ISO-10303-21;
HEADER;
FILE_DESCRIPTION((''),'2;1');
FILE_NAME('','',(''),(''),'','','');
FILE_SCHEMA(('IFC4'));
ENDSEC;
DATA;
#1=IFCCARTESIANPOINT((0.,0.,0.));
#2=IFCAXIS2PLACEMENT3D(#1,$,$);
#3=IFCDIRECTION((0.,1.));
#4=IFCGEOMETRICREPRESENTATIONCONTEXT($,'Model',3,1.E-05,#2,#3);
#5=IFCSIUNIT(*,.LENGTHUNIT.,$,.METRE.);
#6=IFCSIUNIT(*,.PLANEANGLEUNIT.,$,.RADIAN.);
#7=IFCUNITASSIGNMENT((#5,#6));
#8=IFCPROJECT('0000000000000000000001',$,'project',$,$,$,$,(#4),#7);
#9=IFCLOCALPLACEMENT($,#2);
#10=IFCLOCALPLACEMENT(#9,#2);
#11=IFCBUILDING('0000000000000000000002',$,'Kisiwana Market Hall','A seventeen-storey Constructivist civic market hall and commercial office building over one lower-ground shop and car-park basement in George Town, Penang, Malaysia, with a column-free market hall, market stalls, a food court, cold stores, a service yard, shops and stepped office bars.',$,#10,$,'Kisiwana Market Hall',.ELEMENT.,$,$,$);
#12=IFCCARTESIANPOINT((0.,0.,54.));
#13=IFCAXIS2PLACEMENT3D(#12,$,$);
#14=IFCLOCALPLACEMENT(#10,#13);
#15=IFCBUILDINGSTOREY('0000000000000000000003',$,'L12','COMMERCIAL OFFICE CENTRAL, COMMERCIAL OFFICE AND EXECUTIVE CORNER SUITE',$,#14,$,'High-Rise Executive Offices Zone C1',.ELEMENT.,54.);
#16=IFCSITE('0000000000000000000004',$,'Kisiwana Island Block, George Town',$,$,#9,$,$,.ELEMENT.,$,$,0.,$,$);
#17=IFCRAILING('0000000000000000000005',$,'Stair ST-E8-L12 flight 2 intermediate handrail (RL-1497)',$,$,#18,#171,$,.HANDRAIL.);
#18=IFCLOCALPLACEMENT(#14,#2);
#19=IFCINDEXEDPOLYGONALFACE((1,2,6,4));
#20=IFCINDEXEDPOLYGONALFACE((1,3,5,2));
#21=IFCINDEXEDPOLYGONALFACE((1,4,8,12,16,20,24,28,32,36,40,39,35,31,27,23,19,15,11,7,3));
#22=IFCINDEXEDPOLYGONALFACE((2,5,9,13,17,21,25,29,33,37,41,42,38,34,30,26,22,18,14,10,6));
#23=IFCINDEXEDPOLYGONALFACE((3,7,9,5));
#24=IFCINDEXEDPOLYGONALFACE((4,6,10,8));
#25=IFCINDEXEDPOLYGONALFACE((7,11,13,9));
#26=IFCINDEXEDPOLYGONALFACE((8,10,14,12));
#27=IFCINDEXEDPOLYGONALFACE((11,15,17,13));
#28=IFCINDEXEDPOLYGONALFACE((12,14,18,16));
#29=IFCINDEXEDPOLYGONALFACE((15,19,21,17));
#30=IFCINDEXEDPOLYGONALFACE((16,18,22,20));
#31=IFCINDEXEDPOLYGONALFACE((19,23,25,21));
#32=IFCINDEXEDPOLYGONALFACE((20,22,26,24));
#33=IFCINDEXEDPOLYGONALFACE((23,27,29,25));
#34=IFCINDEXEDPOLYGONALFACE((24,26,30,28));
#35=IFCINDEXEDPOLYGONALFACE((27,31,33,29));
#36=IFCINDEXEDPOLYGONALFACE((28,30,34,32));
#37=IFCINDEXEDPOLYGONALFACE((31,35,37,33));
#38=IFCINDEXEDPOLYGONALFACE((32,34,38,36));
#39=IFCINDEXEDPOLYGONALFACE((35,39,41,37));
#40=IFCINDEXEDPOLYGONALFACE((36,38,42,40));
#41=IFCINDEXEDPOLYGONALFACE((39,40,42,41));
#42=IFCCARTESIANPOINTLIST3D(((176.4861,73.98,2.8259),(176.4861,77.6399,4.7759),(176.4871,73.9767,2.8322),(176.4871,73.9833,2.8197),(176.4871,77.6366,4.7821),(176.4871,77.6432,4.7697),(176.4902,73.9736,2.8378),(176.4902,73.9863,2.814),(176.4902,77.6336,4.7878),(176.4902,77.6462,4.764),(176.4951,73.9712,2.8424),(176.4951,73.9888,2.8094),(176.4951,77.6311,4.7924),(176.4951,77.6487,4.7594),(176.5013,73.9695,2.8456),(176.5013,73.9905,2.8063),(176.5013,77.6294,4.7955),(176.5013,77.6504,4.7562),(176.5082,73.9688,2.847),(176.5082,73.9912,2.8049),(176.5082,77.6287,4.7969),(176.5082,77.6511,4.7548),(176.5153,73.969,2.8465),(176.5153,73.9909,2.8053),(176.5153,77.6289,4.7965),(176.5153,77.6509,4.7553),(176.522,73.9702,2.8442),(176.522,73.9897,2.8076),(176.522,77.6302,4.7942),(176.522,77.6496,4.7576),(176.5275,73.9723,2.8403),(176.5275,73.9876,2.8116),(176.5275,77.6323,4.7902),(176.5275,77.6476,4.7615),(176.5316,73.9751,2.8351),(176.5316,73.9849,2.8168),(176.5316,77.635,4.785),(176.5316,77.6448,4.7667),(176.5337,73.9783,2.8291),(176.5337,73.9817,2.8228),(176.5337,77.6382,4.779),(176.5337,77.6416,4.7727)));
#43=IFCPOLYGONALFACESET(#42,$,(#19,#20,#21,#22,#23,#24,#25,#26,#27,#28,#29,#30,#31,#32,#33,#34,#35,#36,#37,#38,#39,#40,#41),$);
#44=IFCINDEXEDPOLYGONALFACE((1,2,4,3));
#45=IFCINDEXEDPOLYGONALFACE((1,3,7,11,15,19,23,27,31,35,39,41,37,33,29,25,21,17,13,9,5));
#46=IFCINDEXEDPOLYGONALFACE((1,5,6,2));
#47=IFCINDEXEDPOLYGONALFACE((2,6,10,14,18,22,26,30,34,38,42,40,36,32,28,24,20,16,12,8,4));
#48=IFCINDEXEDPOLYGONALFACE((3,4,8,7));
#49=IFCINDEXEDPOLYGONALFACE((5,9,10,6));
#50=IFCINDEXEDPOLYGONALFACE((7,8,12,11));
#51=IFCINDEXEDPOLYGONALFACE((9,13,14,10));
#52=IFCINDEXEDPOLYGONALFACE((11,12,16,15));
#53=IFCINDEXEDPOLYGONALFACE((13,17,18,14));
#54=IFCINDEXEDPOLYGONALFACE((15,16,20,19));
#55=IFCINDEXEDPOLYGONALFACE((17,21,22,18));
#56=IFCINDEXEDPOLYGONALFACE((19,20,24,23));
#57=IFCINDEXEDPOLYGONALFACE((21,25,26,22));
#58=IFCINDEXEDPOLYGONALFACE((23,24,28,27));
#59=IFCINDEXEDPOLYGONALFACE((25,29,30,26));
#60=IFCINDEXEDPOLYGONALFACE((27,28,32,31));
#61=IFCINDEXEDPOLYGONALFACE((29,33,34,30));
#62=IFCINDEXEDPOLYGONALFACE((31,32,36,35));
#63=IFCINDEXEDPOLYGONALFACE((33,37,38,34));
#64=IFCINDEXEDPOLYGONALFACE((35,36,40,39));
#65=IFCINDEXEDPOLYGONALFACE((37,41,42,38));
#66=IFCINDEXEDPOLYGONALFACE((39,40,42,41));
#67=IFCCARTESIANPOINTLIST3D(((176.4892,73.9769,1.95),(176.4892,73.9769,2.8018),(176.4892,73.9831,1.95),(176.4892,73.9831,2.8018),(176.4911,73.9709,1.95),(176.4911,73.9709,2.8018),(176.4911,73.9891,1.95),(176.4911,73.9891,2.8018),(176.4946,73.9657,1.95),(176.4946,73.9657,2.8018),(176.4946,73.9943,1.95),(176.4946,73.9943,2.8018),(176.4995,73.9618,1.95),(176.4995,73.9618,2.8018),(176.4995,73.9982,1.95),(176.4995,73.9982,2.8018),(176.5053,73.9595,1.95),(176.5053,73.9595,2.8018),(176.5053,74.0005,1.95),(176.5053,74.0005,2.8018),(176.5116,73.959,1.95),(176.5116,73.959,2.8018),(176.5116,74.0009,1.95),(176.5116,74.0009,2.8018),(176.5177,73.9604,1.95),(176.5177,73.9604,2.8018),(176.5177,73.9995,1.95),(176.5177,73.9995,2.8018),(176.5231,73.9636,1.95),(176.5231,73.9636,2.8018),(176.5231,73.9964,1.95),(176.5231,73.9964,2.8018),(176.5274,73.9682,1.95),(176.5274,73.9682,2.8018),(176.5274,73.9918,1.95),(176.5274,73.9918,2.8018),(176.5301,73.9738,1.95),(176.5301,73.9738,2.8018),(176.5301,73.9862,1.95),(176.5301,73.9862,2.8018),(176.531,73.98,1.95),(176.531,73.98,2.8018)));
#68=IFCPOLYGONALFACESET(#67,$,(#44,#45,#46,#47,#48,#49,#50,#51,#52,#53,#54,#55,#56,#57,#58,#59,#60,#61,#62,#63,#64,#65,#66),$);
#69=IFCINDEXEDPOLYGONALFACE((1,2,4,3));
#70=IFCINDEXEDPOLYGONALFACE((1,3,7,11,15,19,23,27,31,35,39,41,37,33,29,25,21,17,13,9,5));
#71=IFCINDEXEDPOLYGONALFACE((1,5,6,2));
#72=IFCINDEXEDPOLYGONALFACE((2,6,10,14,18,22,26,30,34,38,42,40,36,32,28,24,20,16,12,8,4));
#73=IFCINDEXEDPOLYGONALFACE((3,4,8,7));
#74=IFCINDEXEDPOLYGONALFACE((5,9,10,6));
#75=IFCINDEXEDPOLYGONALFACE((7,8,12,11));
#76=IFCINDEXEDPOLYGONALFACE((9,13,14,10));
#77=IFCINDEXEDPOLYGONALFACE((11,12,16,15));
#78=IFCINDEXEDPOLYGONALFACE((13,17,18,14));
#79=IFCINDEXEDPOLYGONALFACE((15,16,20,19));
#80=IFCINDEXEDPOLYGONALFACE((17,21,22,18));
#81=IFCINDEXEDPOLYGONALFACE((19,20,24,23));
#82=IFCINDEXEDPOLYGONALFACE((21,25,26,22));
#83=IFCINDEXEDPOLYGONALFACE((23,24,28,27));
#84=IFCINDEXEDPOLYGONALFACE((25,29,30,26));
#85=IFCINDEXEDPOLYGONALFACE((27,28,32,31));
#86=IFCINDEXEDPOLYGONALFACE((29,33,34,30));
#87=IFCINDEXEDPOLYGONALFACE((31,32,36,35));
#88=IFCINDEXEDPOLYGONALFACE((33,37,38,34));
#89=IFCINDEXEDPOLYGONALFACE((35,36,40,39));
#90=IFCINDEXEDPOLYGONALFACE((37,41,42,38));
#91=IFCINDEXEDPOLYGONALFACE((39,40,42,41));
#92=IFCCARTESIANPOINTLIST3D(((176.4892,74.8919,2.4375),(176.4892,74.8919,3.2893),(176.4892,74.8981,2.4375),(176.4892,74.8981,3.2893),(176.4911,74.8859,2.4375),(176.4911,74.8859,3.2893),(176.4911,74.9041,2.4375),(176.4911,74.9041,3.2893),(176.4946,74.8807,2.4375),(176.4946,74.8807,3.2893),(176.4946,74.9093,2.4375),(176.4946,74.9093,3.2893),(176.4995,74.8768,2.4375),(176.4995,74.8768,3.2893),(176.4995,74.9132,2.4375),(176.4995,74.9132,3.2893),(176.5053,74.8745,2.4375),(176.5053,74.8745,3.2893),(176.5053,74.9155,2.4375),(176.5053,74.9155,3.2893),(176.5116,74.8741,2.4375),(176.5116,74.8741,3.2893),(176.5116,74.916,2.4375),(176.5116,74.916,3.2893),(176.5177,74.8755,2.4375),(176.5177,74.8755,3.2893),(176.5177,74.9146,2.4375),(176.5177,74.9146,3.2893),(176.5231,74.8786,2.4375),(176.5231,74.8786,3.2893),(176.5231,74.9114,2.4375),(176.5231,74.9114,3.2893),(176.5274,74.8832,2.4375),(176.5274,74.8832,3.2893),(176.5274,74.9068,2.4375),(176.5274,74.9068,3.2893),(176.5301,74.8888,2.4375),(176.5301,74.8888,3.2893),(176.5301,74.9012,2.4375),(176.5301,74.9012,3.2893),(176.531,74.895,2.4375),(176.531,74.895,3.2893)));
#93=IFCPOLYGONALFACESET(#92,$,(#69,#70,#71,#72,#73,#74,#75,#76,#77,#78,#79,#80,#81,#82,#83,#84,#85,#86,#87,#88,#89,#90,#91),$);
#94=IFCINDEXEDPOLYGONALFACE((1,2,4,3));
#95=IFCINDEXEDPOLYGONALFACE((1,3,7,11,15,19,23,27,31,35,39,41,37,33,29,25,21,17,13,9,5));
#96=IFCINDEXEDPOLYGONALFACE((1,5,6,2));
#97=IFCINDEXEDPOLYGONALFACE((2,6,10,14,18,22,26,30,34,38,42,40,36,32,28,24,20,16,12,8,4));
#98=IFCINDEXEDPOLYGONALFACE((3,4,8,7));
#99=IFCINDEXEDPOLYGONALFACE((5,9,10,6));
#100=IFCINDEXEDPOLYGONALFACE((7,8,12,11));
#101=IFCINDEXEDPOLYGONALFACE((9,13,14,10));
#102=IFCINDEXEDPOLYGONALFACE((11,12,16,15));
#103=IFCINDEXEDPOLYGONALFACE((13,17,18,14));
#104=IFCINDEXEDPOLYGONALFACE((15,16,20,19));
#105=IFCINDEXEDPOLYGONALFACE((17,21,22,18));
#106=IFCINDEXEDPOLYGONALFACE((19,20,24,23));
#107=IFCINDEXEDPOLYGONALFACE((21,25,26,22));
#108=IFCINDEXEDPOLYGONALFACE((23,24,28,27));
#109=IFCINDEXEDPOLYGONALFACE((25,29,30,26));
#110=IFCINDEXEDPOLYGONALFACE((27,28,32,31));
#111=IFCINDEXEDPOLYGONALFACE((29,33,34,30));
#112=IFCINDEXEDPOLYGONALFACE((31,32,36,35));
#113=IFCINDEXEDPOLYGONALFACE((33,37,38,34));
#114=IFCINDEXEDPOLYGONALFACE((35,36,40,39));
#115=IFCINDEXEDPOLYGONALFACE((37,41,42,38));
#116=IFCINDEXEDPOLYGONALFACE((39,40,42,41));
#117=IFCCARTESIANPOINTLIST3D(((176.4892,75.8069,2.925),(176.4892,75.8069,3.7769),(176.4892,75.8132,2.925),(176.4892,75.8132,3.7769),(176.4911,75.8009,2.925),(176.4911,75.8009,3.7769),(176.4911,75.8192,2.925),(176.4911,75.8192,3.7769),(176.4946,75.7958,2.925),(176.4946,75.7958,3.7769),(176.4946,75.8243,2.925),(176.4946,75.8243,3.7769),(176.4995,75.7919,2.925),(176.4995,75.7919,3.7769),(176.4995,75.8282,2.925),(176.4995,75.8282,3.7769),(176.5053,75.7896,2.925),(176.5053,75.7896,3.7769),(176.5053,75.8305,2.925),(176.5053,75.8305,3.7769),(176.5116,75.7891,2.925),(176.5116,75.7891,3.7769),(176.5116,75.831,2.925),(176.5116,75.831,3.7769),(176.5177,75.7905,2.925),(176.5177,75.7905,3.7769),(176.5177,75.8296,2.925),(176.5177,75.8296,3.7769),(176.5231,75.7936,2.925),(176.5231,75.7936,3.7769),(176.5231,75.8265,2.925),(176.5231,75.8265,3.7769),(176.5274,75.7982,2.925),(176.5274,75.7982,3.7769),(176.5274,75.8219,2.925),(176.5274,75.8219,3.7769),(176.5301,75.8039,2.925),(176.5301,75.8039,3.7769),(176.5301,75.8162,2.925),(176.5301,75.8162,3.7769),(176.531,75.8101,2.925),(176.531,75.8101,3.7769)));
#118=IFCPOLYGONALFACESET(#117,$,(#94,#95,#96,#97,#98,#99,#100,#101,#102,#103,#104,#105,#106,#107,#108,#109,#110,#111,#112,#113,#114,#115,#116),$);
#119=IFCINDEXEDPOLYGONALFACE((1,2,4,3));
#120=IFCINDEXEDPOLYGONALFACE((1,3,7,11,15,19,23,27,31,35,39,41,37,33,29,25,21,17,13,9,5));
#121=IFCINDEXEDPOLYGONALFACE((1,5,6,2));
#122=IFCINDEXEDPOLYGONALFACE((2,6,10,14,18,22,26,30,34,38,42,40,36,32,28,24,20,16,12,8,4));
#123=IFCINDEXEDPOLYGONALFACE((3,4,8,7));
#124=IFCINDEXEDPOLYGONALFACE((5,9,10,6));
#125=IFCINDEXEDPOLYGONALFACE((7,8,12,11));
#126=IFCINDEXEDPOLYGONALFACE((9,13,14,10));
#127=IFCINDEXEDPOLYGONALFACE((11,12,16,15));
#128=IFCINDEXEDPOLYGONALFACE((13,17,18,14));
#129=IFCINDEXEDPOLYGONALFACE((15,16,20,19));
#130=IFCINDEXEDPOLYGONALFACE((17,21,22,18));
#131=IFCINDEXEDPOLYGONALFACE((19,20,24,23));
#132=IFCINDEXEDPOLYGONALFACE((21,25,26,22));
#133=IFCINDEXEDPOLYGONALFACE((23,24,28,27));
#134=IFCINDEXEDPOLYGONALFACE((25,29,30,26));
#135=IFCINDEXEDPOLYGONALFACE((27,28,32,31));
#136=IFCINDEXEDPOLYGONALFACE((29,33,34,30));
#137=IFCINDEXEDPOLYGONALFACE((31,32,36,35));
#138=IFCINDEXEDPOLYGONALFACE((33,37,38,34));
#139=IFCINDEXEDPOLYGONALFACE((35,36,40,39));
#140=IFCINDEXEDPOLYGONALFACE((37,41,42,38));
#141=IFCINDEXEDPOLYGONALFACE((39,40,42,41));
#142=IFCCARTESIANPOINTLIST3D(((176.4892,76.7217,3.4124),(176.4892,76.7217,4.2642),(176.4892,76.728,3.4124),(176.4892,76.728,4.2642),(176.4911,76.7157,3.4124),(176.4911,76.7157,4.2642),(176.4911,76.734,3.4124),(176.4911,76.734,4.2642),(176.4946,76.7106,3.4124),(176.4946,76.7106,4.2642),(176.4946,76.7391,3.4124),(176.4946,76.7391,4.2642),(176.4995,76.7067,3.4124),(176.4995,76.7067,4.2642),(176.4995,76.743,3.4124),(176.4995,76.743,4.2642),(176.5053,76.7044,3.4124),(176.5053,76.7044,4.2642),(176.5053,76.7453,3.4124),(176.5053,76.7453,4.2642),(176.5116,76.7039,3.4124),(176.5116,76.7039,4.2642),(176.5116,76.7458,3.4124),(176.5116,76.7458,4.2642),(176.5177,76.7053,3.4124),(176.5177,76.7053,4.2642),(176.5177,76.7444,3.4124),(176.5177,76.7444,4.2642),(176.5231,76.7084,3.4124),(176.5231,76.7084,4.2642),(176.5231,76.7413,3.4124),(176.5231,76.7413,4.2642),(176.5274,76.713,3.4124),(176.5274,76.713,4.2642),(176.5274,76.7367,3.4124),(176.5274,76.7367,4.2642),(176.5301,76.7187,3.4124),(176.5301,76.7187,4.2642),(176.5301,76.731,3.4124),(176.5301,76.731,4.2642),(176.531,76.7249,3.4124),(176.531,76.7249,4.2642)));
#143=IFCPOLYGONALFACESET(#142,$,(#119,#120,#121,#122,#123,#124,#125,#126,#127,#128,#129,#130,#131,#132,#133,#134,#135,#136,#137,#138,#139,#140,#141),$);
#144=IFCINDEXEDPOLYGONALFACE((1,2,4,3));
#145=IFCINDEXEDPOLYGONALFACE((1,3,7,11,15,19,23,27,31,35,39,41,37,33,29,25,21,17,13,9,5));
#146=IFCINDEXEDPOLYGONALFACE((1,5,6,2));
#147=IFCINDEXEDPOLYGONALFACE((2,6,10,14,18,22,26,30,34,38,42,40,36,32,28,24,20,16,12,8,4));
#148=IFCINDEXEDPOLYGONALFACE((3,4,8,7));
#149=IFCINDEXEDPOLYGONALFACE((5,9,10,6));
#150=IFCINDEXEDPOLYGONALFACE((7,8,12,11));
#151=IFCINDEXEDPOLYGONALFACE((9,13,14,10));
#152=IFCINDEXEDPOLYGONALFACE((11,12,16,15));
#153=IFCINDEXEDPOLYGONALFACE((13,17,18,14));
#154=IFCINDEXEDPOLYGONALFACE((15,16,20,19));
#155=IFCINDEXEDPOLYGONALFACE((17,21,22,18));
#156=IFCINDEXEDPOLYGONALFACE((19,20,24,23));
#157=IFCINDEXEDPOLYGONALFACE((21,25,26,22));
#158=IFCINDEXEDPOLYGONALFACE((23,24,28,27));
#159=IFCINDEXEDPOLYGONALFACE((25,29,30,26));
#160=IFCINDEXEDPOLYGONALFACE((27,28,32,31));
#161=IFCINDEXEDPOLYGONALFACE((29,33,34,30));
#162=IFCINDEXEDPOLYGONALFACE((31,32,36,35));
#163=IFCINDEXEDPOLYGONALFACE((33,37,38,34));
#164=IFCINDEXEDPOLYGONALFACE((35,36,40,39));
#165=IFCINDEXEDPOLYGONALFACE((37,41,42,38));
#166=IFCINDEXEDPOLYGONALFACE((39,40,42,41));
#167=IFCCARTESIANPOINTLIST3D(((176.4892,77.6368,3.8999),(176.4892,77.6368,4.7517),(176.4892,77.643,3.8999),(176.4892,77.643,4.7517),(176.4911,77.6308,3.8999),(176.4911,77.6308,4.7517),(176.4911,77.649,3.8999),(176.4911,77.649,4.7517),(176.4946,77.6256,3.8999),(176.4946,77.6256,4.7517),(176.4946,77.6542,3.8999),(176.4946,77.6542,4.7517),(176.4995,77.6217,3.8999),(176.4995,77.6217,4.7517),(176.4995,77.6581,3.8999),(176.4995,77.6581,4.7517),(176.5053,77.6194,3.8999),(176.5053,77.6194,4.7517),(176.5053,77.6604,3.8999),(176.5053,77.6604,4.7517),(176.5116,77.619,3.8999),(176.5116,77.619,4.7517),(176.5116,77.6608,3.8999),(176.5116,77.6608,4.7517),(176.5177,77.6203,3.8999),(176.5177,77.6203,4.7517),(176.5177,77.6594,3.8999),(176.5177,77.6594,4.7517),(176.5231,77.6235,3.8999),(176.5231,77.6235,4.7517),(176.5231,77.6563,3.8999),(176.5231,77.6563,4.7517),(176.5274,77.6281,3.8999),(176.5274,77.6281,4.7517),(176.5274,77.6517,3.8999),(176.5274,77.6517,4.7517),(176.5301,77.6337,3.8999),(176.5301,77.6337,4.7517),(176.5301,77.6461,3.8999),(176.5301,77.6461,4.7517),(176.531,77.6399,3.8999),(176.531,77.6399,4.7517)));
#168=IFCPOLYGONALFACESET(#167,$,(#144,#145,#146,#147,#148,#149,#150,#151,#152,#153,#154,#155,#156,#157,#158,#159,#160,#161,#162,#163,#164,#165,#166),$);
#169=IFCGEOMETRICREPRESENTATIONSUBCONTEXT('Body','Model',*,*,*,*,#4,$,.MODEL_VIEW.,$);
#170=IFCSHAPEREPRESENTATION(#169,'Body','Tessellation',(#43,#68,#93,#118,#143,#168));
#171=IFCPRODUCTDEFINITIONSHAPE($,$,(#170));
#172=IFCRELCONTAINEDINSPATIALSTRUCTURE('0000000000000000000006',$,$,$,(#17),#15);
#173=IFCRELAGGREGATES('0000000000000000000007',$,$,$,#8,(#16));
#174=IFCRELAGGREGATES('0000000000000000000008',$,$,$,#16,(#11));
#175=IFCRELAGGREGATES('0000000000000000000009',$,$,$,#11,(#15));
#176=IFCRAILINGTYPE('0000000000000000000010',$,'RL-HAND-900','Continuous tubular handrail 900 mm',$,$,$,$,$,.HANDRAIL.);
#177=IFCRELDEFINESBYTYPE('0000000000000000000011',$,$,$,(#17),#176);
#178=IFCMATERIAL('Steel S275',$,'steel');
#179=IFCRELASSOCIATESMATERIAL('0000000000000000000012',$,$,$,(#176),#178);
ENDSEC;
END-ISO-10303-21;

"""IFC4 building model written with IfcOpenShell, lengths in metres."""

from ifc_helpers import new_model, si_unit, direction, frame, origin, origin_2d, place, context, subcontext, project, spatial, circle, extrude, material, type_object, element, save


model = new_model("IFC4")

# Units and contexts
model_context = context("Model", 3, precision=1e-05, world=origin(), true_north=direction((0.0, 1.0)))
body_context = subcontext(model_context, "Body", "Model", "MODEL_VIEW")
ifc_project = project(units=[si_unit("LENGTHUNIT", "METRE"), si_unit("PLANEANGLEUNIT", "RADIAN")], contexts=[model_context])

# Site, building, storey
site_placement = place(None, origin())
site = spatial("IfcSite", under=ifc_project, at=site_placement, Name="Kisiwana Island Block, George Town", CompositionType="ELEMENT", RefElevation=0.0)
building_placement = place(site_placement, origin())
building = spatial("IfcBuilding", under=site, at=building_placement, Name="Kisiwana Market Hall", Description="A seventeen-storey Constructivist civic market hall and commercial office building over one lower-ground shop and car-park basement in George Town, Penang, Malaysia, with a column-free market hall, market stalls, a food court, cold stores, a service yard, shops and stepped office bars.", LongName="Kisiwana Market Hall", CompositionType="ELEMENT")
storey_placement = place(building_placement, frame((0.0, 0.0, 54.0)))
storey = spatial("IfcBuildingStorey", under=building, at=storey_placement, Name="L12", Description="COMMERCIAL OFFICE CENTRAL, COMMERCIAL OFFICE AND EXECUTIVE CORNER SUITE", LongName="High-Rise Executive Offices Zone C1", CompositionType="ELEMENT", Elevation=54.0)

# Railing
ifc_material_1 = material(Name="Steel S275", Category="steel")
railing_type_1 = type_object("IfcRailingType", Name="RL-HAND-900", Description="Continuous tubular handrail 900 mm", PredefinedType="HANDRAIL", material=ifc_material_1)
railing_1_placement = place(storey_placement, frame((176.51, 73.98, 1.95)))
element("IfcRailing", 1, at=railing_1_placement, inside=storey, type_object=railing_type_1, Name="Stair ST-E8-L12 flight 2 intermediate handrail (RL-1497)", PredefinedType="HANDRAIL", context=body_context, shape_type="SweptSolid", body=[
    extrude(circle(Radius=0.0239, at=origin_2d()), frame((0.0, 0.0, 0.876), z_axis=(0.0, 0.882553, 0.470212), x_axis=(-1.0, 0.0, 0.0)), (0.0, 0.0, 1.0), 4.147),
    extrude(circle(Radius=0.021, at=origin_2d()), origin(), (0.0, 0.0, 1.0), 0.8518),
    extrude(circle(Radius=0.021, at=origin_2d()), frame((0.0, 0.915, 0.4875)), (0.0, 0.0, 1.0), 0.8518),
    extrude(circle(Radius=0.021, at=origin_2d()), frame((0.0, 1.8301, 0.9751)), (0.0, 0.0, 1.0), 0.8518),
    extrude(circle(Radius=0.021, at=origin_2d()), frame((0.0, 2.7449, 1.4624)), (0.0, 0.0, 1.0), 0.8518),
    extrude(circle(Radius=0.021, at=origin_2d()), frame((0.0, 3.6599, 1.95)), (0.0, 0.0, 1.0), 0.8518),
])

save(model, "model.ifc")
